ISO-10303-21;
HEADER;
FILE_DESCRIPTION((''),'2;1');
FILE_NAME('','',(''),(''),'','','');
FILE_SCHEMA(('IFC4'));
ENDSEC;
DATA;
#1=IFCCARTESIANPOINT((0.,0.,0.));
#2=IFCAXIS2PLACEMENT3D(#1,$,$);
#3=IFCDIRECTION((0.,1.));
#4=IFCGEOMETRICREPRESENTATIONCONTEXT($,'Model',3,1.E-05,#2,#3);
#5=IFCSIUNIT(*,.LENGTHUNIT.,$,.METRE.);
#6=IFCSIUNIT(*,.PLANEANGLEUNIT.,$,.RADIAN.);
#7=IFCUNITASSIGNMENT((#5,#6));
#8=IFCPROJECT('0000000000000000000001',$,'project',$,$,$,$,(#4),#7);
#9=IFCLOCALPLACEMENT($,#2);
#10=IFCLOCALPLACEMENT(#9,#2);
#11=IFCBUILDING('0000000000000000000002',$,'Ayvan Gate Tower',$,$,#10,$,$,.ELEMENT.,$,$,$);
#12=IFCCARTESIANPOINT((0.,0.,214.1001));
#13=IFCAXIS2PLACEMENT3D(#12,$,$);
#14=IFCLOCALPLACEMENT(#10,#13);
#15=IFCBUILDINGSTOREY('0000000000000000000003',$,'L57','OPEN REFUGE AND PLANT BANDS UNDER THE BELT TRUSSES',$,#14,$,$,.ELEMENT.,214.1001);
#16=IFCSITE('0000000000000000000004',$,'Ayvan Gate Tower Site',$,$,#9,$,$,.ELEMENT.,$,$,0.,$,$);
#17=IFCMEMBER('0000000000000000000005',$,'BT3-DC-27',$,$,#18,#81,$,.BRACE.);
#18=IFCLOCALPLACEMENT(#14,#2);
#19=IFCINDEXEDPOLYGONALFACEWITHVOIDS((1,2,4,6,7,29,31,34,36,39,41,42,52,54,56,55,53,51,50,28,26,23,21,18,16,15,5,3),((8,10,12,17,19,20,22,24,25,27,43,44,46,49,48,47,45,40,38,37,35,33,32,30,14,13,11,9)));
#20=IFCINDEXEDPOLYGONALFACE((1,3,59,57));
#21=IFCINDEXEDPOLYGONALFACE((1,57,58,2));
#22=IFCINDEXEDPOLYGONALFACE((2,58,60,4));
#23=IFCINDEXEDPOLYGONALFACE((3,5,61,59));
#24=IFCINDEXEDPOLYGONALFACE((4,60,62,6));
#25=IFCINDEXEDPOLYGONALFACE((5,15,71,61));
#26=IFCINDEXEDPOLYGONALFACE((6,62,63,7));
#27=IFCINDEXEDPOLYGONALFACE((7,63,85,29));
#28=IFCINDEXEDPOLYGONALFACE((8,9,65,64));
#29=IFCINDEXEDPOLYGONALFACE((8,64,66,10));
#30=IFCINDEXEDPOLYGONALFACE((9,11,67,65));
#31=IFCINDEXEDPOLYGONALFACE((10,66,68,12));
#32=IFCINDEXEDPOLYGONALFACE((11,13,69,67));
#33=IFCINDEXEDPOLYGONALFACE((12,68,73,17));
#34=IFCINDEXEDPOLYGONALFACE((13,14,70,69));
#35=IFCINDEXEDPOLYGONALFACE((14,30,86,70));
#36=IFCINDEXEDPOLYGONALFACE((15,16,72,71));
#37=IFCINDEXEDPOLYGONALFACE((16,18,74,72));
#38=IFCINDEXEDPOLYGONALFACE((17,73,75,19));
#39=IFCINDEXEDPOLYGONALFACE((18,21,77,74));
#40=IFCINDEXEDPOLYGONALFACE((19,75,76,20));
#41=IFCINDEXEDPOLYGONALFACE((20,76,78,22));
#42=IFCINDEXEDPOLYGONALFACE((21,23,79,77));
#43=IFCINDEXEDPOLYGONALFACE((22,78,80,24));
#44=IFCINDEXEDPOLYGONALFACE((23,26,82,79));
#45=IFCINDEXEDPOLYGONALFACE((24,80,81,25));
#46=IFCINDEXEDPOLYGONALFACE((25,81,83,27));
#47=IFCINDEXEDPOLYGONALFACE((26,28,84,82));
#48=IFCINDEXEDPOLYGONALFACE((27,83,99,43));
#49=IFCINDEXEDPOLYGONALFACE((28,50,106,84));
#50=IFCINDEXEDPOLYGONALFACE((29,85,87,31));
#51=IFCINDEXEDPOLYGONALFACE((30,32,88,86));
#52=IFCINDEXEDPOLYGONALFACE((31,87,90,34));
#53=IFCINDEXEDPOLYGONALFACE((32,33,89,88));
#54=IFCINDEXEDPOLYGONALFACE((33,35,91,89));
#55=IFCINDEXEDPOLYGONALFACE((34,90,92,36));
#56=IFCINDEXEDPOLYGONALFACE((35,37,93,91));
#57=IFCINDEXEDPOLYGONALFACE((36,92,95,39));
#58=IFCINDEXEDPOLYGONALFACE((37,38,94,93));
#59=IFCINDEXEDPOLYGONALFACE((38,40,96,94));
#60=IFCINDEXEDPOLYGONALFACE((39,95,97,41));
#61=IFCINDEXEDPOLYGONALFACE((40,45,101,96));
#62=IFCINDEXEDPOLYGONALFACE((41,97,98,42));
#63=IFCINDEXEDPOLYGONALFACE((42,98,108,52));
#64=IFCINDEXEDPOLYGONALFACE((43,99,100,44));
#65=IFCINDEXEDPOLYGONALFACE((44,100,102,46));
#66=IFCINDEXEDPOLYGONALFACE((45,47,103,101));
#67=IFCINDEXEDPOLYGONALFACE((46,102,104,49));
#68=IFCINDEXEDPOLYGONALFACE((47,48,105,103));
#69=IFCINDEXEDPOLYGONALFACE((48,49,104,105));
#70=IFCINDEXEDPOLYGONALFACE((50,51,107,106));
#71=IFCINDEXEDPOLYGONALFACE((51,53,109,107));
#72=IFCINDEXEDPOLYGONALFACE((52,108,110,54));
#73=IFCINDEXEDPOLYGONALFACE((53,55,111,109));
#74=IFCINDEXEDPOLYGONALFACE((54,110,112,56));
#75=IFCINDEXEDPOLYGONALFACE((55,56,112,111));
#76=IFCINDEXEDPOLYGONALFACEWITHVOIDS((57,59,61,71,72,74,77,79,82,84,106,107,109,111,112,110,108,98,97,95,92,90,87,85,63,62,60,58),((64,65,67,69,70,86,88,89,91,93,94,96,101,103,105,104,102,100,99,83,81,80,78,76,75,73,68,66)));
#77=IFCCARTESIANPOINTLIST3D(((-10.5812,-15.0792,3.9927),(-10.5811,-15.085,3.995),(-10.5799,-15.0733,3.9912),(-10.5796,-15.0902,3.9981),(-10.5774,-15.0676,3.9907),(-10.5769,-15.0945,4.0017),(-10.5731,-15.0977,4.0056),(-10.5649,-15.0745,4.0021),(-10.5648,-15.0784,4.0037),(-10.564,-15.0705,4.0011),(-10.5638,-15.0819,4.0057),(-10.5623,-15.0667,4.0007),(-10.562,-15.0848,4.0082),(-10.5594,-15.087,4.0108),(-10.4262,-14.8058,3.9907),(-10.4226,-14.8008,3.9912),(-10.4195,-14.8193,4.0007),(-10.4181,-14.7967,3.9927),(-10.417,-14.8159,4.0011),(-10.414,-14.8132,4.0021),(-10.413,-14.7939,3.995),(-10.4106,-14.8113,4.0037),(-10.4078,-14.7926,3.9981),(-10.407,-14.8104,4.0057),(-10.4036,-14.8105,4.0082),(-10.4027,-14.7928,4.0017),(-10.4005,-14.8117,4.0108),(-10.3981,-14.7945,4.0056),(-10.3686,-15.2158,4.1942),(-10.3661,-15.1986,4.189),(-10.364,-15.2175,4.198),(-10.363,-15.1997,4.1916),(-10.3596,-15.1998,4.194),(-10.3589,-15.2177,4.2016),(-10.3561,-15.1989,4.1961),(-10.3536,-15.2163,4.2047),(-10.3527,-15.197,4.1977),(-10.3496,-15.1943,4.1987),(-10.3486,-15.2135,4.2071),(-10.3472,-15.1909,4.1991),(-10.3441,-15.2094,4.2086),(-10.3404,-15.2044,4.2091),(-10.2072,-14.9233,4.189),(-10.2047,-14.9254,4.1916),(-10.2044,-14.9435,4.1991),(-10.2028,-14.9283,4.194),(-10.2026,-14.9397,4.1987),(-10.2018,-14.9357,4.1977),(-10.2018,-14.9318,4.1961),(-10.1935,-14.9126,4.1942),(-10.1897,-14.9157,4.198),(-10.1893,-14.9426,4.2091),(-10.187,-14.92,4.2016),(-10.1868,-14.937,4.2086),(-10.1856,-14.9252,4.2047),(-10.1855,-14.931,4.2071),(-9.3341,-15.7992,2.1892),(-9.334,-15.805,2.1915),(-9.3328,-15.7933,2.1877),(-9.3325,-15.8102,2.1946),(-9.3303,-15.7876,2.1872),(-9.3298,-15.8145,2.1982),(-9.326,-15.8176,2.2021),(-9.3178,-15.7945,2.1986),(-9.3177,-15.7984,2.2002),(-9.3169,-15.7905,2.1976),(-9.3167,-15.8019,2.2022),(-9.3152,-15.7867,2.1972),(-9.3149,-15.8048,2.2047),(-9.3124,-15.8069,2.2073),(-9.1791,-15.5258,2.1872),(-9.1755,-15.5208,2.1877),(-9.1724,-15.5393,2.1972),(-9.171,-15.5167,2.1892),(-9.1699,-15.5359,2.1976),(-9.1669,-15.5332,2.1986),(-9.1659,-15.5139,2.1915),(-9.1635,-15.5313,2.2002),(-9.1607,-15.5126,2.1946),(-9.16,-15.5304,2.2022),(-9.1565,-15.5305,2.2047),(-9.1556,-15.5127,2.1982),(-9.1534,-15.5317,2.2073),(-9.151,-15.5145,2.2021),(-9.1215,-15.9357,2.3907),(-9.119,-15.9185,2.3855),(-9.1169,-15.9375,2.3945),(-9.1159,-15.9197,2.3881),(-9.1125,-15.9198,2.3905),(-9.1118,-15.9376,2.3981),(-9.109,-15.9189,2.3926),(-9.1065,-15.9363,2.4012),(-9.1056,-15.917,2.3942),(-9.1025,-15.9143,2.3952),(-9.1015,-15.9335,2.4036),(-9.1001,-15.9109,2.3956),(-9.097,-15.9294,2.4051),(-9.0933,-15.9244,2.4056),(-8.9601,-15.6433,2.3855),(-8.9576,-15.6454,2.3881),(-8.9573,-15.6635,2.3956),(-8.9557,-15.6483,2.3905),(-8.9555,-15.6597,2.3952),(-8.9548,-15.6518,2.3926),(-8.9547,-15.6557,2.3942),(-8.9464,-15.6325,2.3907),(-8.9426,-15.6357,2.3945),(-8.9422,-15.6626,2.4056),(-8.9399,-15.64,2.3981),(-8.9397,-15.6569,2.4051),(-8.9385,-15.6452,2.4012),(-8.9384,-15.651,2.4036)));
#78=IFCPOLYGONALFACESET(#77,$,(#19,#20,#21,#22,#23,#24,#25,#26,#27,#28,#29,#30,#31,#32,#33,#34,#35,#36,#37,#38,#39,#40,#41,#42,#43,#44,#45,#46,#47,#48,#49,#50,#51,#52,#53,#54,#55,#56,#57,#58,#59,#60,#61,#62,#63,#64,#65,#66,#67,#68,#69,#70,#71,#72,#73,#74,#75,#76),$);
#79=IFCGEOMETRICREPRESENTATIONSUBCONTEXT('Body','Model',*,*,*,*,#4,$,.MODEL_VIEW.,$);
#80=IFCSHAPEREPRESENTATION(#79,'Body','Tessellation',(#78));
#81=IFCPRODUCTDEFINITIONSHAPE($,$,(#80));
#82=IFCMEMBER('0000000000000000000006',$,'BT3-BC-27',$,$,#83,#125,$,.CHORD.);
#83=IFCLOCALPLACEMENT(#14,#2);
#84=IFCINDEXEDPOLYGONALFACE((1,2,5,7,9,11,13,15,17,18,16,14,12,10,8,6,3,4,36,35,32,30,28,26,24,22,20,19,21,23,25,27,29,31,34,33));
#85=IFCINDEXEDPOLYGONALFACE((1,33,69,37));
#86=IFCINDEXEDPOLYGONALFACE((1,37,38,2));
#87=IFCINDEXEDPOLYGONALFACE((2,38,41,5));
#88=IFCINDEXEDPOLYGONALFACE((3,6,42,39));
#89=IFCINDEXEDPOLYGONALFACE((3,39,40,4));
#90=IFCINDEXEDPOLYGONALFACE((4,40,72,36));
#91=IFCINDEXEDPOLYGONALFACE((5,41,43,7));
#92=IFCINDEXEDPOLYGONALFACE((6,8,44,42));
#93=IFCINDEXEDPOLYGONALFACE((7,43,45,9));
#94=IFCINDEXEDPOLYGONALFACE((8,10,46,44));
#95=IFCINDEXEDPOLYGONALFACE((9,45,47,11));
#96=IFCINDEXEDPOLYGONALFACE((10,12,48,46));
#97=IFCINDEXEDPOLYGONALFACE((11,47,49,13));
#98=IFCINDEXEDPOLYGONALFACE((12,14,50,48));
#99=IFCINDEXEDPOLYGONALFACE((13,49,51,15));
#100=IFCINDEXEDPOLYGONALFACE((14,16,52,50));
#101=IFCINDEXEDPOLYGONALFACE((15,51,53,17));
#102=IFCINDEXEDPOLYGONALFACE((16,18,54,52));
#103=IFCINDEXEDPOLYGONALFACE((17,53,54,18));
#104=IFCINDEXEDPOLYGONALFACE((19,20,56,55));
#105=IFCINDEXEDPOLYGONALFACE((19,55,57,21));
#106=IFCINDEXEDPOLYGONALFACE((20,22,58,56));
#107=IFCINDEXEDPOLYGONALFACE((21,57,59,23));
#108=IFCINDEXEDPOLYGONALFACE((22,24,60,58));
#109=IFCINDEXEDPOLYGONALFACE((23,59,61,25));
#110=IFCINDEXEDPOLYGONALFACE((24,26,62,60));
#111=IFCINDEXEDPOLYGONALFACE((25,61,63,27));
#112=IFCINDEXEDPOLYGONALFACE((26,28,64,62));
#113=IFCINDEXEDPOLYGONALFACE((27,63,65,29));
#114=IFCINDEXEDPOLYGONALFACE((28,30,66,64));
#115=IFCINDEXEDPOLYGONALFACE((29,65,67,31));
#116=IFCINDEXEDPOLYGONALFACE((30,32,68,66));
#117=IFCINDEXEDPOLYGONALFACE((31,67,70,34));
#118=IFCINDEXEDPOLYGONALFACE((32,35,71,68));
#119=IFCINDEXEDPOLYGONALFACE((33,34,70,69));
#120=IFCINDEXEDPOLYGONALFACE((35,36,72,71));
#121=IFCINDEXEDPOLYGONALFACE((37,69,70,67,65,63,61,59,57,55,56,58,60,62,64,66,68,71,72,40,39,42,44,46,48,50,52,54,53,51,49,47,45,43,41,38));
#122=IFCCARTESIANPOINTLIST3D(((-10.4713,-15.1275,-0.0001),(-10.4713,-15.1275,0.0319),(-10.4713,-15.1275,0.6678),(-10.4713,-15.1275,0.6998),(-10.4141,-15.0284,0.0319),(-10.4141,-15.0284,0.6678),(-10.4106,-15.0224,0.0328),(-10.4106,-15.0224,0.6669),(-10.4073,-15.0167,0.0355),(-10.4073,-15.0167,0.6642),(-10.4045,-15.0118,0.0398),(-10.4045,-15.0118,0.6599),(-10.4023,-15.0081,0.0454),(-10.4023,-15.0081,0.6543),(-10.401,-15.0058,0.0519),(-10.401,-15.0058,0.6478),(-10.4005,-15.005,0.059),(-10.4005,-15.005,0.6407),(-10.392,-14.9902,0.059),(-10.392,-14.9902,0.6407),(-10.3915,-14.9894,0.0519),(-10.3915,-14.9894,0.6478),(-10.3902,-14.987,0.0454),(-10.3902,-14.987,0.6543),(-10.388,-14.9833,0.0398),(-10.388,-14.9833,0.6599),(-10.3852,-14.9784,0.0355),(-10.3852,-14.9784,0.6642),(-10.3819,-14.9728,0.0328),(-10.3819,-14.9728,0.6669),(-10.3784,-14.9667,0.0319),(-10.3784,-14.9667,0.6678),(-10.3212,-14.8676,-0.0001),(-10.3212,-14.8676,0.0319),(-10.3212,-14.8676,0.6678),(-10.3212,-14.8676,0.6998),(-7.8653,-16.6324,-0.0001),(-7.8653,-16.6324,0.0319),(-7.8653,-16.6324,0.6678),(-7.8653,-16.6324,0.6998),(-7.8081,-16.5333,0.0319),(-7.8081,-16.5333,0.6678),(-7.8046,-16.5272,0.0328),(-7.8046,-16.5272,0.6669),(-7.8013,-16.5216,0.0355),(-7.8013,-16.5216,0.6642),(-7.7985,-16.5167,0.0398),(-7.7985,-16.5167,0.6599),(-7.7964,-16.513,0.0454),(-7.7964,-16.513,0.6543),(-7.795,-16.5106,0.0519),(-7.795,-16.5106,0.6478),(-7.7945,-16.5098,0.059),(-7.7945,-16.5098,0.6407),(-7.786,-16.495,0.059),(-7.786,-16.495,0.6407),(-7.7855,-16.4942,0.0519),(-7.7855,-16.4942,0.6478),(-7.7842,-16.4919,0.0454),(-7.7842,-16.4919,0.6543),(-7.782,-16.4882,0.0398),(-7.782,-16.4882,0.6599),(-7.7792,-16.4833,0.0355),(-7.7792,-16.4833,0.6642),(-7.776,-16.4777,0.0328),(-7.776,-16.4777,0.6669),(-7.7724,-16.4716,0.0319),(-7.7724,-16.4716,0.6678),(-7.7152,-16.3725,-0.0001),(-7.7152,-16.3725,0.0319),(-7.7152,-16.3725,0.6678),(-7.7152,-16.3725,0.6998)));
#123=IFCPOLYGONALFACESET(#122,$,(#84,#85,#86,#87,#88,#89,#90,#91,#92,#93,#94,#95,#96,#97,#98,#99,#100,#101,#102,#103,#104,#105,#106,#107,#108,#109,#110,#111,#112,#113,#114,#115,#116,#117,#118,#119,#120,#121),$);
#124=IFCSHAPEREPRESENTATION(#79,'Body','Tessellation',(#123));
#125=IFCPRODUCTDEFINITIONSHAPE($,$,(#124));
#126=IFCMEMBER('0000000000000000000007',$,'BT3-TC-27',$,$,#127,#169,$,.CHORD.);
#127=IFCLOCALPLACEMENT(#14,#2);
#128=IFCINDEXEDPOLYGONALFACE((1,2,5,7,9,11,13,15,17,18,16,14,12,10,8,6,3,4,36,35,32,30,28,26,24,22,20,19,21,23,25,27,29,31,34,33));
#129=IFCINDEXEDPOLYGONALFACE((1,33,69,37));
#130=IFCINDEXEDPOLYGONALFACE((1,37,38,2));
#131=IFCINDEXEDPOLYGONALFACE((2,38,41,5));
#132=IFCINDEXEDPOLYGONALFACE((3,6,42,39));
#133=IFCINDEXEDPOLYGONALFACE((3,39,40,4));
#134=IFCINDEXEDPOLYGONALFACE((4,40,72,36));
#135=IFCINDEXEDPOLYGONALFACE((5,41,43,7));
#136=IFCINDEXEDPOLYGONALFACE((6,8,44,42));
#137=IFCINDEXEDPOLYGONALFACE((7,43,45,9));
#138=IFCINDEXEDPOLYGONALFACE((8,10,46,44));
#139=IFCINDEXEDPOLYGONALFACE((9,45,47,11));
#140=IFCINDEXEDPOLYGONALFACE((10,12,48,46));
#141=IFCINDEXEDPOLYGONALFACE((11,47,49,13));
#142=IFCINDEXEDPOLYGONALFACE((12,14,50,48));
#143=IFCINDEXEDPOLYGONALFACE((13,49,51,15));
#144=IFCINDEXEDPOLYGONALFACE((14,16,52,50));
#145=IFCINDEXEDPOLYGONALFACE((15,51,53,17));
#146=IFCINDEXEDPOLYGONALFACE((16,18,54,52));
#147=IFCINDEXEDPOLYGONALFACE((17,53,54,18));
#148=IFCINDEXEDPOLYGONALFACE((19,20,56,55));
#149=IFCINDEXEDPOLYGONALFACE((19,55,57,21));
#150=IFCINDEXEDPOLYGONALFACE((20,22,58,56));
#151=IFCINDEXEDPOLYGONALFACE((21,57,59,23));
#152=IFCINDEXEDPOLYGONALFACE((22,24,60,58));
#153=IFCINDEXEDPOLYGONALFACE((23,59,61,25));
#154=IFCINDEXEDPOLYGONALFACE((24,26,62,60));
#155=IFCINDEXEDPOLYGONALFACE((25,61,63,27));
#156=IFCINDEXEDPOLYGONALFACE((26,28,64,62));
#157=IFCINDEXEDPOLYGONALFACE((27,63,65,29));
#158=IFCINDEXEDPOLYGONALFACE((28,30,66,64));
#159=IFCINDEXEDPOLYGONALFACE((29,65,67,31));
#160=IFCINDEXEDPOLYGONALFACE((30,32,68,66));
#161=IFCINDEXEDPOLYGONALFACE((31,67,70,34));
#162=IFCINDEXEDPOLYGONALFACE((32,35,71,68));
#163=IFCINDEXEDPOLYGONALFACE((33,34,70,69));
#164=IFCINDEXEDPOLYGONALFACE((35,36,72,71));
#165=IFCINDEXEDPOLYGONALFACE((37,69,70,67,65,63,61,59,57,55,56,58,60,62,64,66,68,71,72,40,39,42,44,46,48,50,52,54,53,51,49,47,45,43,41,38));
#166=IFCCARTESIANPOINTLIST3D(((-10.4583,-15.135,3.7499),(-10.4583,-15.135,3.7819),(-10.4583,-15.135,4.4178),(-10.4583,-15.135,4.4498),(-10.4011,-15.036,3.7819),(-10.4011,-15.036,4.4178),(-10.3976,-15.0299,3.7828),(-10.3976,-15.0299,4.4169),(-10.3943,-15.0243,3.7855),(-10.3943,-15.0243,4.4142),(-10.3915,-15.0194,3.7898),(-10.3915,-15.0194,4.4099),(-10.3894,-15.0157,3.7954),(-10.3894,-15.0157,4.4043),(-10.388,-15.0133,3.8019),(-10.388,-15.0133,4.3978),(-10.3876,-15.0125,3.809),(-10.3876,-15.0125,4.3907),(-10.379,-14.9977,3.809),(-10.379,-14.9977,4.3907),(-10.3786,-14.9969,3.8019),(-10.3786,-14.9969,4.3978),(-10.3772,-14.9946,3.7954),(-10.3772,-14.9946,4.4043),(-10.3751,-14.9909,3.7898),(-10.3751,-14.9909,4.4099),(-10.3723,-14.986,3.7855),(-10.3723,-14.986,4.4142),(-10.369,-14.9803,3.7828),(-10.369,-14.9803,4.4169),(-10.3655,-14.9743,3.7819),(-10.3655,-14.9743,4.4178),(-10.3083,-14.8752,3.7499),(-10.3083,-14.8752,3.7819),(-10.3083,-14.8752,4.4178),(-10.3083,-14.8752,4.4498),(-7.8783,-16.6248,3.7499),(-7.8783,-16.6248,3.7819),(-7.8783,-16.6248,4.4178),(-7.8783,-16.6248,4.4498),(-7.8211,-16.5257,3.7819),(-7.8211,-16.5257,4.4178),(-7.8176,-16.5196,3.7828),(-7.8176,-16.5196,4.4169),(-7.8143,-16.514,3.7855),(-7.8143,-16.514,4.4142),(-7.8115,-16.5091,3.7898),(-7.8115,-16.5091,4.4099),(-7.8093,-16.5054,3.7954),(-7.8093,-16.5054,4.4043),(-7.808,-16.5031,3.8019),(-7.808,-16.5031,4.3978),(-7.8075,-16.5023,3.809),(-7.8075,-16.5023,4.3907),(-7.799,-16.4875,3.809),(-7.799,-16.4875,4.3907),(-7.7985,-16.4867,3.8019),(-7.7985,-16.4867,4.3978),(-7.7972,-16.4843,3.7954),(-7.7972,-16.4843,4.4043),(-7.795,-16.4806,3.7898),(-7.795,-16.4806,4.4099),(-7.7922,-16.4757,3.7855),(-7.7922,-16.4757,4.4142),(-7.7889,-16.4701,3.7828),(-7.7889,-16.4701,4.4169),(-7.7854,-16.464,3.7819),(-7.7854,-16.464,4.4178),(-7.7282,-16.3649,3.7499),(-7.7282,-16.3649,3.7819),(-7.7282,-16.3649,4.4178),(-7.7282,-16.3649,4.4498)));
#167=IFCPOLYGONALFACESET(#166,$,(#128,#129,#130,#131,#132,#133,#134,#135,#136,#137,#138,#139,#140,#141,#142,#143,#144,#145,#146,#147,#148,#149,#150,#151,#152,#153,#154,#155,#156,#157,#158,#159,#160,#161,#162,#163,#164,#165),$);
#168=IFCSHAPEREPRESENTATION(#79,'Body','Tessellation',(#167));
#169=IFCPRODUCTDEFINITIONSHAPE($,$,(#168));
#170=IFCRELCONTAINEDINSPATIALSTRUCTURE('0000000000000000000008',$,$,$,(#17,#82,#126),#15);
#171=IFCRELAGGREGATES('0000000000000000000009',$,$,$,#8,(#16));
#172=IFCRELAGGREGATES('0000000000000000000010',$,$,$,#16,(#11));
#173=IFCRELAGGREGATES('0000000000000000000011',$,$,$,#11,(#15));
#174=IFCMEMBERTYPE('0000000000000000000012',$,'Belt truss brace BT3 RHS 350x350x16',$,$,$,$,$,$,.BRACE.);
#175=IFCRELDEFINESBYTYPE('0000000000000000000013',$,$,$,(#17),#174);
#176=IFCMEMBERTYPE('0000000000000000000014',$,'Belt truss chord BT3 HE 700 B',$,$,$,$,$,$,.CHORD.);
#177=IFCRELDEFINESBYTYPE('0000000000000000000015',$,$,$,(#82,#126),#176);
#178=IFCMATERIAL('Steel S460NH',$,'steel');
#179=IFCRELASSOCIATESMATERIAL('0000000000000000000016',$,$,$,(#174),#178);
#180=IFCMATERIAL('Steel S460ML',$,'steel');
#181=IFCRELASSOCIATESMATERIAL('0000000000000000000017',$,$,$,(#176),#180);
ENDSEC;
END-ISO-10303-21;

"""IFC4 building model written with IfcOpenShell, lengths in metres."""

from ifc_helpers import new_model, si_unit, direction, frame, origin, origin_2d, place, context, subcontext, project, spatial, hollow_rectangle, i_section, extrude, material, material_profile, profile_set, type_object, element, save


model = new_model("IFC4")

# Units and contexts
model_context = context("Model", 3, precision=1e-05, world=origin(), true_north=direction((0.0, 1.0)))
body_context = subcontext(model_context, "Body", "Model", "MODEL_VIEW")
ifc_project = project(units=[si_unit("LENGTHUNIT", "METRE"), si_unit("PLANEANGLEUNIT", "RADIAN")], contexts=[model_context])

# Site, building, storey
site_placement = place(None, origin())
site = spatial("IfcSite", under=ifc_project, at=site_placement, Name="Ayvan Gate Tower Site", CompositionType="ELEMENT", RefElevation=0.0)
building_placement = place(site_placement, origin())
building = spatial("IfcBuilding", under=site, at=building_placement, Name="Ayvan Gate Tower", CompositionType="ELEMENT")
storey_placement = place(building_placement, frame((0.0, 0.0, 214.1001)))
storey = spatial("IfcBuildingStorey", under=building, at=storey_placement, Name="L57", Description="OPEN REFUGE AND PLANT BANDS UNDER THE BELT TRUSSES", CompositionType="ELEMENT", Elevation=214.1001)

# Members
ifc_material_1 = material(Name="Steel S460NH", Category="steel")
ifc_material_profile_1 = material_profile(ifc_material_1, hollow_rectangle(XDim=0.3501, YDim=0.3501, WallThickness=0.0161, InnerFilletRadius=0.0161, OuterFilletRadius=0.0239, at=origin_2d()), Name="RHS 350x350x16")
ifc_profile_set_1 = profile_set([ifc_material_profile_1], Name="Steel S460NH")
member_type_1 = type_object("IfcMemberType", Name="Belt truss brace BT3 RHS 350x350x16", PredefinedType="BRACE", material=ifc_profile_set_1)
member_1_placement = place(storey_placement, frame((-9.1362, -15.7251, 2.2964), z_axis=(-0.540367, 0.31197, 0.781459), x_axis=(-0.499987, -0.866033, 0.0)))
element("IfcMember", 1, at=member_1_placement, inside=storey, type_object=member_type_1, Name="BT3-DC-27", PredefinedType="BRACE", context=body_context, shape_type="SweptSolid", body=[
    extrude(hollow_rectangle(XDim=0.3501, YDim=0.3501, WallThickness=0.0161, InnerFilletRadius=0.0161, OuterFilletRadius=0.0239, at=origin_2d()), origin(), (0.0, 0.0, 1.0), 2.3079),
])
ifc_material_2 = material(Name="Steel S460ML", Category="steel")
ifc_material_profile_2 = material_profile(ifc_material_2, i_section(OverallWidth=0.3, OverallDepth=0.7, WebThickness=0.0171, FlangeThickness=0.032, FilletRadius=0.0271, at=origin_2d()), Name="HE 700 B")
ifc_profile_set_2 = profile_set([ifc_material_profile_2], Name="Steel S460ML")
member_type_2 = type_object("IfcMemberType", Name="Belt truss chord BT3 HE 700 B", PredefinedType="CHORD", material=ifc_profile_set_2)
member_2_placement = place(storey_placement, frame((-10.3962, -14.9976, 0.3499), z_axis=(0.865978, -0.500083, 0.0), x_axis=(0.500083, 0.865978, 0.0)))
element("IfcMember", 2, at=member_2_placement, inside=storey, type_object=member_type_2, Name="BT3-BC-27", PredefinedType="CHORD", context=body_context, shape_type="SweptSolid", body=[
    extrude(i_section(OverallWidth=0.3, OverallDepth=0.7, WebThickness=0.0171, FlangeThickness=0.032, FilletRadius=0.0271, at=origin_2d()), origin(), (0.0, 0.0, 1.0), 3.0093),
])
member_3_placement = place(storey_placement, frame((-10.3833, -15.0051, 4.0999), z_axis=(0.866005, -0.500035, 0.0), x_axis=(0.500035, 0.866005, 0.0)))
element("IfcMember", 3, at=member_3_placement, inside=storey, type_object=member_type_2, Name="BT3-TC-27", PredefinedType="CHORD", context=body_context, shape_type="SweptSolid", body=[
    extrude(i_section(OverallWidth=0.3, OverallDepth=0.7, WebThickness=0.0171, FlangeThickness=0.032, FilletRadius=0.0271, at=origin_2d()), origin(), (0.0, 0.0, 1.0), 2.9792),
])

save(model, "model.ifc")
